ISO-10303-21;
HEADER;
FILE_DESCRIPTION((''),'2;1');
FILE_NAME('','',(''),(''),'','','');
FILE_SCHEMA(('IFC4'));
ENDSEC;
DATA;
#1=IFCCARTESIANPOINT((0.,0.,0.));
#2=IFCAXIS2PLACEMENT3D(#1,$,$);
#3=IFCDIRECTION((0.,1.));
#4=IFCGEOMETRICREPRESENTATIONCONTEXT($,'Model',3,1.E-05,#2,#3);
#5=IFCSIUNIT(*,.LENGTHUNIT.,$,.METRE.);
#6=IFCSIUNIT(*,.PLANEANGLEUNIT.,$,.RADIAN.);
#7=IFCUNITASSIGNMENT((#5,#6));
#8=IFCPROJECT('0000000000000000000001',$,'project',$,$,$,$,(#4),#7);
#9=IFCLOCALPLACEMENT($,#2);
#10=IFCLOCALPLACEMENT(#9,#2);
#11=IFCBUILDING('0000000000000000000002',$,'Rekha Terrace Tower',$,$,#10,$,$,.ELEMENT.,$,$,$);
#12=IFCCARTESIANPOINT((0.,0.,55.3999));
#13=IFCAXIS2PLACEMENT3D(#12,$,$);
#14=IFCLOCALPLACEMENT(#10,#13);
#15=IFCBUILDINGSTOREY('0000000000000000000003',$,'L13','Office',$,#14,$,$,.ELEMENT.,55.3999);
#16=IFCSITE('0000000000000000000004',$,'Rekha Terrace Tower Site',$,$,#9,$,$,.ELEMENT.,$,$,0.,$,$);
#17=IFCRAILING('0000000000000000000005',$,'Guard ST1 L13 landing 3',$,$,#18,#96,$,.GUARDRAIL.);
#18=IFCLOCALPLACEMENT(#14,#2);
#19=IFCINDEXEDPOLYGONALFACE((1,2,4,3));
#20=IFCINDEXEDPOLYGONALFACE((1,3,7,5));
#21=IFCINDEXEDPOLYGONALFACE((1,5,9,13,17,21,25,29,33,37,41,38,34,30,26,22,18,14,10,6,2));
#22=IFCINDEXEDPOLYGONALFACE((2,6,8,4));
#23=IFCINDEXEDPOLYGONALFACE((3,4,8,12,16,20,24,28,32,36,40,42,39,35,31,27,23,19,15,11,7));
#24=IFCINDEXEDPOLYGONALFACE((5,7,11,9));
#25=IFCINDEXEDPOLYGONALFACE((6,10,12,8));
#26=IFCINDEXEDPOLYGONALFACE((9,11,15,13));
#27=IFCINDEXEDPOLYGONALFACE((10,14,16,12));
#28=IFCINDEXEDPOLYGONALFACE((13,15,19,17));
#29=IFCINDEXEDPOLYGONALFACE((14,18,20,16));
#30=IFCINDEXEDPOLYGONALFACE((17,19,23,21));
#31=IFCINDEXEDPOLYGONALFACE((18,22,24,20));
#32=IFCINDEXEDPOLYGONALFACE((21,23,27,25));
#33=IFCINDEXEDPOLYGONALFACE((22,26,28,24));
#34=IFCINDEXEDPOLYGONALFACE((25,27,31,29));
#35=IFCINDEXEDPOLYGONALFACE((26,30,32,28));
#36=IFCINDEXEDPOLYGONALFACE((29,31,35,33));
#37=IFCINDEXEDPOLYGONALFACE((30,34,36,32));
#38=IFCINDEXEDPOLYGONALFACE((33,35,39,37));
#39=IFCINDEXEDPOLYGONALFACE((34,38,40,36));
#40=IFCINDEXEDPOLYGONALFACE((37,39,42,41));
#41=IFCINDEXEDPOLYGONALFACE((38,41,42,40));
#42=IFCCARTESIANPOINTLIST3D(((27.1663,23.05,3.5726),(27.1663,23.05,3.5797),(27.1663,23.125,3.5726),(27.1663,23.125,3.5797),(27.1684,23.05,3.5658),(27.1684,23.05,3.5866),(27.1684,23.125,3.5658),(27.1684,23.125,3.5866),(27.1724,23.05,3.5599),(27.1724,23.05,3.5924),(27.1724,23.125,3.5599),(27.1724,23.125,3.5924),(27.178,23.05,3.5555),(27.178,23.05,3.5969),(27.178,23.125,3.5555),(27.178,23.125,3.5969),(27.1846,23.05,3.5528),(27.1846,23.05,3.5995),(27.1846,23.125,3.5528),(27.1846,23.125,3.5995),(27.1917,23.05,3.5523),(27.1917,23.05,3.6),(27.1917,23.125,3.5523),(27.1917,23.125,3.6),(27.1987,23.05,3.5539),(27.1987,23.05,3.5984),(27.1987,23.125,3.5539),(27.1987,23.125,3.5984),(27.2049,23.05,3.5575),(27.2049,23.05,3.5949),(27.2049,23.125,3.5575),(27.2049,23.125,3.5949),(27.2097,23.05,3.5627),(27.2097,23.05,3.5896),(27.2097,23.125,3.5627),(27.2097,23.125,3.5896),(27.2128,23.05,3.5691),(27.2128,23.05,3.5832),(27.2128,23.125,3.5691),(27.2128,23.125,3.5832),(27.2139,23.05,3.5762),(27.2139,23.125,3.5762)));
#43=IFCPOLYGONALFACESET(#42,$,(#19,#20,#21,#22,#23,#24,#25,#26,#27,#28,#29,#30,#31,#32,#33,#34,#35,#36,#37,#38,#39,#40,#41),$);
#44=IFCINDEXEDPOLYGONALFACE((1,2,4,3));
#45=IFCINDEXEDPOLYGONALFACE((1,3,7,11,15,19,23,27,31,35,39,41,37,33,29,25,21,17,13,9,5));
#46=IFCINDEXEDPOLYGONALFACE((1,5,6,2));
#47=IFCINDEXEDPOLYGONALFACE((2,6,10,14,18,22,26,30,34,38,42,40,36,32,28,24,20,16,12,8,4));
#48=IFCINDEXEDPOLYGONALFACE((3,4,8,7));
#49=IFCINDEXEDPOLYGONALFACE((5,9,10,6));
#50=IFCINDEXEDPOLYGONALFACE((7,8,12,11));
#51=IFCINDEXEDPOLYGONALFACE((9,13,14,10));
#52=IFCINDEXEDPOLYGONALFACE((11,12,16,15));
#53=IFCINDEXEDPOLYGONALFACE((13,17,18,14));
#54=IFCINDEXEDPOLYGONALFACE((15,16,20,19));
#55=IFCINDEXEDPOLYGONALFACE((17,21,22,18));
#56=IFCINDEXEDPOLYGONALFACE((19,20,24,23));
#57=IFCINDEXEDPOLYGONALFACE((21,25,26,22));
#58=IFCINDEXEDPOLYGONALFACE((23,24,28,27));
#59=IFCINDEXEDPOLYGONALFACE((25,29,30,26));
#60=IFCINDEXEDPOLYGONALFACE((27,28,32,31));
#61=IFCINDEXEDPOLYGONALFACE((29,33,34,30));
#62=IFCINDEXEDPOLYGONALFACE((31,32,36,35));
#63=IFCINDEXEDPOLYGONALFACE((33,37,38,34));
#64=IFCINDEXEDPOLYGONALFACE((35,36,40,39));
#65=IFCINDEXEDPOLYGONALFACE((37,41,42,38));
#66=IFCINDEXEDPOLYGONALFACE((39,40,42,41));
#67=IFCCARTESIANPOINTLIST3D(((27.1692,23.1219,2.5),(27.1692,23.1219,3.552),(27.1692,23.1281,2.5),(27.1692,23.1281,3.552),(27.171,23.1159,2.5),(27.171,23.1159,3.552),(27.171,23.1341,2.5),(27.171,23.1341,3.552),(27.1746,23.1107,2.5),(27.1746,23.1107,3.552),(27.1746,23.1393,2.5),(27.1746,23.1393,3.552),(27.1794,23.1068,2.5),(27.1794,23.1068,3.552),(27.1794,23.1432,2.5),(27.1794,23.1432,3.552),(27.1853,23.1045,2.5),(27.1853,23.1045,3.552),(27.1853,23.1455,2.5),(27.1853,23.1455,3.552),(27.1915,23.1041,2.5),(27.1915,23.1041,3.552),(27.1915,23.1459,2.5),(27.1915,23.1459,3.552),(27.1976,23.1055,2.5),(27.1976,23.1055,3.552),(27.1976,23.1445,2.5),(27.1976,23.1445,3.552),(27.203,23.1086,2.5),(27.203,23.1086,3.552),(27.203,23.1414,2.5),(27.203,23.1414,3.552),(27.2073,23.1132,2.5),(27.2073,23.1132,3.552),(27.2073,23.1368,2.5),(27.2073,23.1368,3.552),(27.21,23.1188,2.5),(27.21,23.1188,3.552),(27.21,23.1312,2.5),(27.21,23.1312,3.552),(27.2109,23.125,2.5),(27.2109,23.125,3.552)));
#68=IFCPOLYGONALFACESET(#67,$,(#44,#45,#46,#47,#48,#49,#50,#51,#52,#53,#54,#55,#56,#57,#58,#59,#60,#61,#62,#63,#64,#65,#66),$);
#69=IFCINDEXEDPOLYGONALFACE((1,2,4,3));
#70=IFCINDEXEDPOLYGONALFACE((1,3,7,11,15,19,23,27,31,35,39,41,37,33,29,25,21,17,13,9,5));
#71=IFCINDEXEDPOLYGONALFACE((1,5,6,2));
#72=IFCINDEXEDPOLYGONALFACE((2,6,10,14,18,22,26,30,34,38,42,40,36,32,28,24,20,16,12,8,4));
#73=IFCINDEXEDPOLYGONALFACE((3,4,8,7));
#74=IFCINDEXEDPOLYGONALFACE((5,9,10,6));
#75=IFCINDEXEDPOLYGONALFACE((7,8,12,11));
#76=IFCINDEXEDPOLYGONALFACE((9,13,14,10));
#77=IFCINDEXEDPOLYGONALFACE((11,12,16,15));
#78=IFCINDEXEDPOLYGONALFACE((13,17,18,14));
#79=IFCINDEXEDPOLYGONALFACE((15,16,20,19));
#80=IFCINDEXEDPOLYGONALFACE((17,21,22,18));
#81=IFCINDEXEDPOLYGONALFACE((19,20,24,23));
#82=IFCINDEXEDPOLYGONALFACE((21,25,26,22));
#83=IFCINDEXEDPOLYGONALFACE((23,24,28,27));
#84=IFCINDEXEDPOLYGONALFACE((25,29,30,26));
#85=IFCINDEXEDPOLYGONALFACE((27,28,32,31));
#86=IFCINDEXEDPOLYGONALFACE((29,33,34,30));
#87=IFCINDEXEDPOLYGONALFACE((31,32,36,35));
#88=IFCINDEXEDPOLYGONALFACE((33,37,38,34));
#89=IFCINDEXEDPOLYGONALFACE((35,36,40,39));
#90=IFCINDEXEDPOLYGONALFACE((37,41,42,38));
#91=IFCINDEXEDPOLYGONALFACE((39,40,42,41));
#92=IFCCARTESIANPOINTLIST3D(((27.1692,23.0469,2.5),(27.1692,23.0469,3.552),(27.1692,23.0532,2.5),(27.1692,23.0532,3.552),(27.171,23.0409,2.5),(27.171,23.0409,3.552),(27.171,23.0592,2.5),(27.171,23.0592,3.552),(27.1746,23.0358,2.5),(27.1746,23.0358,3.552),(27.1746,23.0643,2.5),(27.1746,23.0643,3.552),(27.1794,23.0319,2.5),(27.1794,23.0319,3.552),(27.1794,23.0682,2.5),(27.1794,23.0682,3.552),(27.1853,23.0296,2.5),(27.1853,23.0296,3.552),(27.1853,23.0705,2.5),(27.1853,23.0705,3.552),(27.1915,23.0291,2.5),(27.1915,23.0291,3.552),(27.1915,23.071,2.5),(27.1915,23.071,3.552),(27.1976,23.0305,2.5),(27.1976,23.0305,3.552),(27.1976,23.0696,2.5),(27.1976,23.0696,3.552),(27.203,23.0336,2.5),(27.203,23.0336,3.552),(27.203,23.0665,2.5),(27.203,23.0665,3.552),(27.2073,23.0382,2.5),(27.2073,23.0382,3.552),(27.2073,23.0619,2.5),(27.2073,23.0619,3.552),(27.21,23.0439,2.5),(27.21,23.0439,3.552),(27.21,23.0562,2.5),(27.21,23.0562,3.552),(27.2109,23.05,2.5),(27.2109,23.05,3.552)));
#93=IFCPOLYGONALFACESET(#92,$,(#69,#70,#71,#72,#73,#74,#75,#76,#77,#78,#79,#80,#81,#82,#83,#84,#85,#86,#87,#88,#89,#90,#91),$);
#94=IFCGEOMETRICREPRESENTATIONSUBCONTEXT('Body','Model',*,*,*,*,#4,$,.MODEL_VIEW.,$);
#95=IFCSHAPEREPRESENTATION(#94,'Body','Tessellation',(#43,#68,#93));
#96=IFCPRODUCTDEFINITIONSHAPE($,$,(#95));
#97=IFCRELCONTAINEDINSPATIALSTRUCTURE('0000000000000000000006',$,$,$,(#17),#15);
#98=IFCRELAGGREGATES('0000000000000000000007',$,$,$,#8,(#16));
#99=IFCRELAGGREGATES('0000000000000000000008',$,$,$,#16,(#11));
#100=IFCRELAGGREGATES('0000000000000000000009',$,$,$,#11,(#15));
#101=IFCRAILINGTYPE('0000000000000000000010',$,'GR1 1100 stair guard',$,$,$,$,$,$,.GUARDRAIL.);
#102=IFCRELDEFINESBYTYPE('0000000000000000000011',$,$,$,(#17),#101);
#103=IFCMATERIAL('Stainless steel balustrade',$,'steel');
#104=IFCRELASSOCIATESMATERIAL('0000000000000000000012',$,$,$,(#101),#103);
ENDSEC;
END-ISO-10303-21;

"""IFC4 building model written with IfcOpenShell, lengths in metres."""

from ifc_helpers import new_model, si_unit, direction, frame, origin, origin_2d, place, context, subcontext, project, spatial, circle, extrude, material, type_object, element, save


model = new_model("IFC4")

# Units and contexts
model_context = context("Model", 3, precision=1e-05, world=origin(), true_north=direction((0.0, 1.0)))
body_context = subcontext(model_context, "Body", "Model", "MODEL_VIEW")
ifc_project = project(units=[si_unit("LENGTHUNIT", "METRE"), si_unit("PLANEANGLEUNIT", "RADIAN")], contexts=[model_context])

# Site, building, storey
site_placement = place(None, origin())
site = spatial("IfcSite", under=ifc_project, at=site_placement, Name="Rekha Terrace Tower Site", CompositionType="ELEMENT", RefElevation=0.0)
building_placement = place(site_placement, origin())
building = spatial("IfcBuilding", under=site, at=building_placement, Name="Rekha Terrace Tower", CompositionType="ELEMENT")
storey_placement = place(building_placement, frame((0.0, 0.0, 55.3999)))
storey = spatial("IfcBuildingStorey", under=building, at=storey_placement, Name="L13", Description="Office", CompositionType="ELEMENT", Elevation=55.3999)

# Railing
ifc_material_1 = material(Name="Stainless steel balustrade", Category="steel")
railing_type_1 = type_object("IfcRailingType", Name="GR1 1100 stair guard", PredefinedType="GUARDRAIL", material=ifc_material_1)
railing_1_placement = place(storey_placement, frame((27.1899, 23.125, 2.5)))
element("IfcRailing", 1, at=railing_1_placement, inside=storey, type_object=railing_type_1, Name="Guard ST1 L13 landing 3", PredefinedType="GUARDRAIL", context=body_context, shape_type="SweptSolid", body=[
    extrude(circle(Radius=0.0239, at=origin_2d()), frame((0.0, 0.0, 1.0762), z_axis=(0.0, -1.0, 0.0), x_axis=(1.0, 0.0, 0.0)), (0.0, 0.0, 1.0), 0.075),
    extrude(circle(Radius=0.021, at=origin_2d()), origin(), (0.0, 0.0, 1.0), 1.052),
    extrude(circle(Radius=0.021, at=origin_2d()), frame((0.0, -0.075, 0.0)), (0.0, 0.0, 1.0), 1.052),
])

save(model, "model.ifc")
